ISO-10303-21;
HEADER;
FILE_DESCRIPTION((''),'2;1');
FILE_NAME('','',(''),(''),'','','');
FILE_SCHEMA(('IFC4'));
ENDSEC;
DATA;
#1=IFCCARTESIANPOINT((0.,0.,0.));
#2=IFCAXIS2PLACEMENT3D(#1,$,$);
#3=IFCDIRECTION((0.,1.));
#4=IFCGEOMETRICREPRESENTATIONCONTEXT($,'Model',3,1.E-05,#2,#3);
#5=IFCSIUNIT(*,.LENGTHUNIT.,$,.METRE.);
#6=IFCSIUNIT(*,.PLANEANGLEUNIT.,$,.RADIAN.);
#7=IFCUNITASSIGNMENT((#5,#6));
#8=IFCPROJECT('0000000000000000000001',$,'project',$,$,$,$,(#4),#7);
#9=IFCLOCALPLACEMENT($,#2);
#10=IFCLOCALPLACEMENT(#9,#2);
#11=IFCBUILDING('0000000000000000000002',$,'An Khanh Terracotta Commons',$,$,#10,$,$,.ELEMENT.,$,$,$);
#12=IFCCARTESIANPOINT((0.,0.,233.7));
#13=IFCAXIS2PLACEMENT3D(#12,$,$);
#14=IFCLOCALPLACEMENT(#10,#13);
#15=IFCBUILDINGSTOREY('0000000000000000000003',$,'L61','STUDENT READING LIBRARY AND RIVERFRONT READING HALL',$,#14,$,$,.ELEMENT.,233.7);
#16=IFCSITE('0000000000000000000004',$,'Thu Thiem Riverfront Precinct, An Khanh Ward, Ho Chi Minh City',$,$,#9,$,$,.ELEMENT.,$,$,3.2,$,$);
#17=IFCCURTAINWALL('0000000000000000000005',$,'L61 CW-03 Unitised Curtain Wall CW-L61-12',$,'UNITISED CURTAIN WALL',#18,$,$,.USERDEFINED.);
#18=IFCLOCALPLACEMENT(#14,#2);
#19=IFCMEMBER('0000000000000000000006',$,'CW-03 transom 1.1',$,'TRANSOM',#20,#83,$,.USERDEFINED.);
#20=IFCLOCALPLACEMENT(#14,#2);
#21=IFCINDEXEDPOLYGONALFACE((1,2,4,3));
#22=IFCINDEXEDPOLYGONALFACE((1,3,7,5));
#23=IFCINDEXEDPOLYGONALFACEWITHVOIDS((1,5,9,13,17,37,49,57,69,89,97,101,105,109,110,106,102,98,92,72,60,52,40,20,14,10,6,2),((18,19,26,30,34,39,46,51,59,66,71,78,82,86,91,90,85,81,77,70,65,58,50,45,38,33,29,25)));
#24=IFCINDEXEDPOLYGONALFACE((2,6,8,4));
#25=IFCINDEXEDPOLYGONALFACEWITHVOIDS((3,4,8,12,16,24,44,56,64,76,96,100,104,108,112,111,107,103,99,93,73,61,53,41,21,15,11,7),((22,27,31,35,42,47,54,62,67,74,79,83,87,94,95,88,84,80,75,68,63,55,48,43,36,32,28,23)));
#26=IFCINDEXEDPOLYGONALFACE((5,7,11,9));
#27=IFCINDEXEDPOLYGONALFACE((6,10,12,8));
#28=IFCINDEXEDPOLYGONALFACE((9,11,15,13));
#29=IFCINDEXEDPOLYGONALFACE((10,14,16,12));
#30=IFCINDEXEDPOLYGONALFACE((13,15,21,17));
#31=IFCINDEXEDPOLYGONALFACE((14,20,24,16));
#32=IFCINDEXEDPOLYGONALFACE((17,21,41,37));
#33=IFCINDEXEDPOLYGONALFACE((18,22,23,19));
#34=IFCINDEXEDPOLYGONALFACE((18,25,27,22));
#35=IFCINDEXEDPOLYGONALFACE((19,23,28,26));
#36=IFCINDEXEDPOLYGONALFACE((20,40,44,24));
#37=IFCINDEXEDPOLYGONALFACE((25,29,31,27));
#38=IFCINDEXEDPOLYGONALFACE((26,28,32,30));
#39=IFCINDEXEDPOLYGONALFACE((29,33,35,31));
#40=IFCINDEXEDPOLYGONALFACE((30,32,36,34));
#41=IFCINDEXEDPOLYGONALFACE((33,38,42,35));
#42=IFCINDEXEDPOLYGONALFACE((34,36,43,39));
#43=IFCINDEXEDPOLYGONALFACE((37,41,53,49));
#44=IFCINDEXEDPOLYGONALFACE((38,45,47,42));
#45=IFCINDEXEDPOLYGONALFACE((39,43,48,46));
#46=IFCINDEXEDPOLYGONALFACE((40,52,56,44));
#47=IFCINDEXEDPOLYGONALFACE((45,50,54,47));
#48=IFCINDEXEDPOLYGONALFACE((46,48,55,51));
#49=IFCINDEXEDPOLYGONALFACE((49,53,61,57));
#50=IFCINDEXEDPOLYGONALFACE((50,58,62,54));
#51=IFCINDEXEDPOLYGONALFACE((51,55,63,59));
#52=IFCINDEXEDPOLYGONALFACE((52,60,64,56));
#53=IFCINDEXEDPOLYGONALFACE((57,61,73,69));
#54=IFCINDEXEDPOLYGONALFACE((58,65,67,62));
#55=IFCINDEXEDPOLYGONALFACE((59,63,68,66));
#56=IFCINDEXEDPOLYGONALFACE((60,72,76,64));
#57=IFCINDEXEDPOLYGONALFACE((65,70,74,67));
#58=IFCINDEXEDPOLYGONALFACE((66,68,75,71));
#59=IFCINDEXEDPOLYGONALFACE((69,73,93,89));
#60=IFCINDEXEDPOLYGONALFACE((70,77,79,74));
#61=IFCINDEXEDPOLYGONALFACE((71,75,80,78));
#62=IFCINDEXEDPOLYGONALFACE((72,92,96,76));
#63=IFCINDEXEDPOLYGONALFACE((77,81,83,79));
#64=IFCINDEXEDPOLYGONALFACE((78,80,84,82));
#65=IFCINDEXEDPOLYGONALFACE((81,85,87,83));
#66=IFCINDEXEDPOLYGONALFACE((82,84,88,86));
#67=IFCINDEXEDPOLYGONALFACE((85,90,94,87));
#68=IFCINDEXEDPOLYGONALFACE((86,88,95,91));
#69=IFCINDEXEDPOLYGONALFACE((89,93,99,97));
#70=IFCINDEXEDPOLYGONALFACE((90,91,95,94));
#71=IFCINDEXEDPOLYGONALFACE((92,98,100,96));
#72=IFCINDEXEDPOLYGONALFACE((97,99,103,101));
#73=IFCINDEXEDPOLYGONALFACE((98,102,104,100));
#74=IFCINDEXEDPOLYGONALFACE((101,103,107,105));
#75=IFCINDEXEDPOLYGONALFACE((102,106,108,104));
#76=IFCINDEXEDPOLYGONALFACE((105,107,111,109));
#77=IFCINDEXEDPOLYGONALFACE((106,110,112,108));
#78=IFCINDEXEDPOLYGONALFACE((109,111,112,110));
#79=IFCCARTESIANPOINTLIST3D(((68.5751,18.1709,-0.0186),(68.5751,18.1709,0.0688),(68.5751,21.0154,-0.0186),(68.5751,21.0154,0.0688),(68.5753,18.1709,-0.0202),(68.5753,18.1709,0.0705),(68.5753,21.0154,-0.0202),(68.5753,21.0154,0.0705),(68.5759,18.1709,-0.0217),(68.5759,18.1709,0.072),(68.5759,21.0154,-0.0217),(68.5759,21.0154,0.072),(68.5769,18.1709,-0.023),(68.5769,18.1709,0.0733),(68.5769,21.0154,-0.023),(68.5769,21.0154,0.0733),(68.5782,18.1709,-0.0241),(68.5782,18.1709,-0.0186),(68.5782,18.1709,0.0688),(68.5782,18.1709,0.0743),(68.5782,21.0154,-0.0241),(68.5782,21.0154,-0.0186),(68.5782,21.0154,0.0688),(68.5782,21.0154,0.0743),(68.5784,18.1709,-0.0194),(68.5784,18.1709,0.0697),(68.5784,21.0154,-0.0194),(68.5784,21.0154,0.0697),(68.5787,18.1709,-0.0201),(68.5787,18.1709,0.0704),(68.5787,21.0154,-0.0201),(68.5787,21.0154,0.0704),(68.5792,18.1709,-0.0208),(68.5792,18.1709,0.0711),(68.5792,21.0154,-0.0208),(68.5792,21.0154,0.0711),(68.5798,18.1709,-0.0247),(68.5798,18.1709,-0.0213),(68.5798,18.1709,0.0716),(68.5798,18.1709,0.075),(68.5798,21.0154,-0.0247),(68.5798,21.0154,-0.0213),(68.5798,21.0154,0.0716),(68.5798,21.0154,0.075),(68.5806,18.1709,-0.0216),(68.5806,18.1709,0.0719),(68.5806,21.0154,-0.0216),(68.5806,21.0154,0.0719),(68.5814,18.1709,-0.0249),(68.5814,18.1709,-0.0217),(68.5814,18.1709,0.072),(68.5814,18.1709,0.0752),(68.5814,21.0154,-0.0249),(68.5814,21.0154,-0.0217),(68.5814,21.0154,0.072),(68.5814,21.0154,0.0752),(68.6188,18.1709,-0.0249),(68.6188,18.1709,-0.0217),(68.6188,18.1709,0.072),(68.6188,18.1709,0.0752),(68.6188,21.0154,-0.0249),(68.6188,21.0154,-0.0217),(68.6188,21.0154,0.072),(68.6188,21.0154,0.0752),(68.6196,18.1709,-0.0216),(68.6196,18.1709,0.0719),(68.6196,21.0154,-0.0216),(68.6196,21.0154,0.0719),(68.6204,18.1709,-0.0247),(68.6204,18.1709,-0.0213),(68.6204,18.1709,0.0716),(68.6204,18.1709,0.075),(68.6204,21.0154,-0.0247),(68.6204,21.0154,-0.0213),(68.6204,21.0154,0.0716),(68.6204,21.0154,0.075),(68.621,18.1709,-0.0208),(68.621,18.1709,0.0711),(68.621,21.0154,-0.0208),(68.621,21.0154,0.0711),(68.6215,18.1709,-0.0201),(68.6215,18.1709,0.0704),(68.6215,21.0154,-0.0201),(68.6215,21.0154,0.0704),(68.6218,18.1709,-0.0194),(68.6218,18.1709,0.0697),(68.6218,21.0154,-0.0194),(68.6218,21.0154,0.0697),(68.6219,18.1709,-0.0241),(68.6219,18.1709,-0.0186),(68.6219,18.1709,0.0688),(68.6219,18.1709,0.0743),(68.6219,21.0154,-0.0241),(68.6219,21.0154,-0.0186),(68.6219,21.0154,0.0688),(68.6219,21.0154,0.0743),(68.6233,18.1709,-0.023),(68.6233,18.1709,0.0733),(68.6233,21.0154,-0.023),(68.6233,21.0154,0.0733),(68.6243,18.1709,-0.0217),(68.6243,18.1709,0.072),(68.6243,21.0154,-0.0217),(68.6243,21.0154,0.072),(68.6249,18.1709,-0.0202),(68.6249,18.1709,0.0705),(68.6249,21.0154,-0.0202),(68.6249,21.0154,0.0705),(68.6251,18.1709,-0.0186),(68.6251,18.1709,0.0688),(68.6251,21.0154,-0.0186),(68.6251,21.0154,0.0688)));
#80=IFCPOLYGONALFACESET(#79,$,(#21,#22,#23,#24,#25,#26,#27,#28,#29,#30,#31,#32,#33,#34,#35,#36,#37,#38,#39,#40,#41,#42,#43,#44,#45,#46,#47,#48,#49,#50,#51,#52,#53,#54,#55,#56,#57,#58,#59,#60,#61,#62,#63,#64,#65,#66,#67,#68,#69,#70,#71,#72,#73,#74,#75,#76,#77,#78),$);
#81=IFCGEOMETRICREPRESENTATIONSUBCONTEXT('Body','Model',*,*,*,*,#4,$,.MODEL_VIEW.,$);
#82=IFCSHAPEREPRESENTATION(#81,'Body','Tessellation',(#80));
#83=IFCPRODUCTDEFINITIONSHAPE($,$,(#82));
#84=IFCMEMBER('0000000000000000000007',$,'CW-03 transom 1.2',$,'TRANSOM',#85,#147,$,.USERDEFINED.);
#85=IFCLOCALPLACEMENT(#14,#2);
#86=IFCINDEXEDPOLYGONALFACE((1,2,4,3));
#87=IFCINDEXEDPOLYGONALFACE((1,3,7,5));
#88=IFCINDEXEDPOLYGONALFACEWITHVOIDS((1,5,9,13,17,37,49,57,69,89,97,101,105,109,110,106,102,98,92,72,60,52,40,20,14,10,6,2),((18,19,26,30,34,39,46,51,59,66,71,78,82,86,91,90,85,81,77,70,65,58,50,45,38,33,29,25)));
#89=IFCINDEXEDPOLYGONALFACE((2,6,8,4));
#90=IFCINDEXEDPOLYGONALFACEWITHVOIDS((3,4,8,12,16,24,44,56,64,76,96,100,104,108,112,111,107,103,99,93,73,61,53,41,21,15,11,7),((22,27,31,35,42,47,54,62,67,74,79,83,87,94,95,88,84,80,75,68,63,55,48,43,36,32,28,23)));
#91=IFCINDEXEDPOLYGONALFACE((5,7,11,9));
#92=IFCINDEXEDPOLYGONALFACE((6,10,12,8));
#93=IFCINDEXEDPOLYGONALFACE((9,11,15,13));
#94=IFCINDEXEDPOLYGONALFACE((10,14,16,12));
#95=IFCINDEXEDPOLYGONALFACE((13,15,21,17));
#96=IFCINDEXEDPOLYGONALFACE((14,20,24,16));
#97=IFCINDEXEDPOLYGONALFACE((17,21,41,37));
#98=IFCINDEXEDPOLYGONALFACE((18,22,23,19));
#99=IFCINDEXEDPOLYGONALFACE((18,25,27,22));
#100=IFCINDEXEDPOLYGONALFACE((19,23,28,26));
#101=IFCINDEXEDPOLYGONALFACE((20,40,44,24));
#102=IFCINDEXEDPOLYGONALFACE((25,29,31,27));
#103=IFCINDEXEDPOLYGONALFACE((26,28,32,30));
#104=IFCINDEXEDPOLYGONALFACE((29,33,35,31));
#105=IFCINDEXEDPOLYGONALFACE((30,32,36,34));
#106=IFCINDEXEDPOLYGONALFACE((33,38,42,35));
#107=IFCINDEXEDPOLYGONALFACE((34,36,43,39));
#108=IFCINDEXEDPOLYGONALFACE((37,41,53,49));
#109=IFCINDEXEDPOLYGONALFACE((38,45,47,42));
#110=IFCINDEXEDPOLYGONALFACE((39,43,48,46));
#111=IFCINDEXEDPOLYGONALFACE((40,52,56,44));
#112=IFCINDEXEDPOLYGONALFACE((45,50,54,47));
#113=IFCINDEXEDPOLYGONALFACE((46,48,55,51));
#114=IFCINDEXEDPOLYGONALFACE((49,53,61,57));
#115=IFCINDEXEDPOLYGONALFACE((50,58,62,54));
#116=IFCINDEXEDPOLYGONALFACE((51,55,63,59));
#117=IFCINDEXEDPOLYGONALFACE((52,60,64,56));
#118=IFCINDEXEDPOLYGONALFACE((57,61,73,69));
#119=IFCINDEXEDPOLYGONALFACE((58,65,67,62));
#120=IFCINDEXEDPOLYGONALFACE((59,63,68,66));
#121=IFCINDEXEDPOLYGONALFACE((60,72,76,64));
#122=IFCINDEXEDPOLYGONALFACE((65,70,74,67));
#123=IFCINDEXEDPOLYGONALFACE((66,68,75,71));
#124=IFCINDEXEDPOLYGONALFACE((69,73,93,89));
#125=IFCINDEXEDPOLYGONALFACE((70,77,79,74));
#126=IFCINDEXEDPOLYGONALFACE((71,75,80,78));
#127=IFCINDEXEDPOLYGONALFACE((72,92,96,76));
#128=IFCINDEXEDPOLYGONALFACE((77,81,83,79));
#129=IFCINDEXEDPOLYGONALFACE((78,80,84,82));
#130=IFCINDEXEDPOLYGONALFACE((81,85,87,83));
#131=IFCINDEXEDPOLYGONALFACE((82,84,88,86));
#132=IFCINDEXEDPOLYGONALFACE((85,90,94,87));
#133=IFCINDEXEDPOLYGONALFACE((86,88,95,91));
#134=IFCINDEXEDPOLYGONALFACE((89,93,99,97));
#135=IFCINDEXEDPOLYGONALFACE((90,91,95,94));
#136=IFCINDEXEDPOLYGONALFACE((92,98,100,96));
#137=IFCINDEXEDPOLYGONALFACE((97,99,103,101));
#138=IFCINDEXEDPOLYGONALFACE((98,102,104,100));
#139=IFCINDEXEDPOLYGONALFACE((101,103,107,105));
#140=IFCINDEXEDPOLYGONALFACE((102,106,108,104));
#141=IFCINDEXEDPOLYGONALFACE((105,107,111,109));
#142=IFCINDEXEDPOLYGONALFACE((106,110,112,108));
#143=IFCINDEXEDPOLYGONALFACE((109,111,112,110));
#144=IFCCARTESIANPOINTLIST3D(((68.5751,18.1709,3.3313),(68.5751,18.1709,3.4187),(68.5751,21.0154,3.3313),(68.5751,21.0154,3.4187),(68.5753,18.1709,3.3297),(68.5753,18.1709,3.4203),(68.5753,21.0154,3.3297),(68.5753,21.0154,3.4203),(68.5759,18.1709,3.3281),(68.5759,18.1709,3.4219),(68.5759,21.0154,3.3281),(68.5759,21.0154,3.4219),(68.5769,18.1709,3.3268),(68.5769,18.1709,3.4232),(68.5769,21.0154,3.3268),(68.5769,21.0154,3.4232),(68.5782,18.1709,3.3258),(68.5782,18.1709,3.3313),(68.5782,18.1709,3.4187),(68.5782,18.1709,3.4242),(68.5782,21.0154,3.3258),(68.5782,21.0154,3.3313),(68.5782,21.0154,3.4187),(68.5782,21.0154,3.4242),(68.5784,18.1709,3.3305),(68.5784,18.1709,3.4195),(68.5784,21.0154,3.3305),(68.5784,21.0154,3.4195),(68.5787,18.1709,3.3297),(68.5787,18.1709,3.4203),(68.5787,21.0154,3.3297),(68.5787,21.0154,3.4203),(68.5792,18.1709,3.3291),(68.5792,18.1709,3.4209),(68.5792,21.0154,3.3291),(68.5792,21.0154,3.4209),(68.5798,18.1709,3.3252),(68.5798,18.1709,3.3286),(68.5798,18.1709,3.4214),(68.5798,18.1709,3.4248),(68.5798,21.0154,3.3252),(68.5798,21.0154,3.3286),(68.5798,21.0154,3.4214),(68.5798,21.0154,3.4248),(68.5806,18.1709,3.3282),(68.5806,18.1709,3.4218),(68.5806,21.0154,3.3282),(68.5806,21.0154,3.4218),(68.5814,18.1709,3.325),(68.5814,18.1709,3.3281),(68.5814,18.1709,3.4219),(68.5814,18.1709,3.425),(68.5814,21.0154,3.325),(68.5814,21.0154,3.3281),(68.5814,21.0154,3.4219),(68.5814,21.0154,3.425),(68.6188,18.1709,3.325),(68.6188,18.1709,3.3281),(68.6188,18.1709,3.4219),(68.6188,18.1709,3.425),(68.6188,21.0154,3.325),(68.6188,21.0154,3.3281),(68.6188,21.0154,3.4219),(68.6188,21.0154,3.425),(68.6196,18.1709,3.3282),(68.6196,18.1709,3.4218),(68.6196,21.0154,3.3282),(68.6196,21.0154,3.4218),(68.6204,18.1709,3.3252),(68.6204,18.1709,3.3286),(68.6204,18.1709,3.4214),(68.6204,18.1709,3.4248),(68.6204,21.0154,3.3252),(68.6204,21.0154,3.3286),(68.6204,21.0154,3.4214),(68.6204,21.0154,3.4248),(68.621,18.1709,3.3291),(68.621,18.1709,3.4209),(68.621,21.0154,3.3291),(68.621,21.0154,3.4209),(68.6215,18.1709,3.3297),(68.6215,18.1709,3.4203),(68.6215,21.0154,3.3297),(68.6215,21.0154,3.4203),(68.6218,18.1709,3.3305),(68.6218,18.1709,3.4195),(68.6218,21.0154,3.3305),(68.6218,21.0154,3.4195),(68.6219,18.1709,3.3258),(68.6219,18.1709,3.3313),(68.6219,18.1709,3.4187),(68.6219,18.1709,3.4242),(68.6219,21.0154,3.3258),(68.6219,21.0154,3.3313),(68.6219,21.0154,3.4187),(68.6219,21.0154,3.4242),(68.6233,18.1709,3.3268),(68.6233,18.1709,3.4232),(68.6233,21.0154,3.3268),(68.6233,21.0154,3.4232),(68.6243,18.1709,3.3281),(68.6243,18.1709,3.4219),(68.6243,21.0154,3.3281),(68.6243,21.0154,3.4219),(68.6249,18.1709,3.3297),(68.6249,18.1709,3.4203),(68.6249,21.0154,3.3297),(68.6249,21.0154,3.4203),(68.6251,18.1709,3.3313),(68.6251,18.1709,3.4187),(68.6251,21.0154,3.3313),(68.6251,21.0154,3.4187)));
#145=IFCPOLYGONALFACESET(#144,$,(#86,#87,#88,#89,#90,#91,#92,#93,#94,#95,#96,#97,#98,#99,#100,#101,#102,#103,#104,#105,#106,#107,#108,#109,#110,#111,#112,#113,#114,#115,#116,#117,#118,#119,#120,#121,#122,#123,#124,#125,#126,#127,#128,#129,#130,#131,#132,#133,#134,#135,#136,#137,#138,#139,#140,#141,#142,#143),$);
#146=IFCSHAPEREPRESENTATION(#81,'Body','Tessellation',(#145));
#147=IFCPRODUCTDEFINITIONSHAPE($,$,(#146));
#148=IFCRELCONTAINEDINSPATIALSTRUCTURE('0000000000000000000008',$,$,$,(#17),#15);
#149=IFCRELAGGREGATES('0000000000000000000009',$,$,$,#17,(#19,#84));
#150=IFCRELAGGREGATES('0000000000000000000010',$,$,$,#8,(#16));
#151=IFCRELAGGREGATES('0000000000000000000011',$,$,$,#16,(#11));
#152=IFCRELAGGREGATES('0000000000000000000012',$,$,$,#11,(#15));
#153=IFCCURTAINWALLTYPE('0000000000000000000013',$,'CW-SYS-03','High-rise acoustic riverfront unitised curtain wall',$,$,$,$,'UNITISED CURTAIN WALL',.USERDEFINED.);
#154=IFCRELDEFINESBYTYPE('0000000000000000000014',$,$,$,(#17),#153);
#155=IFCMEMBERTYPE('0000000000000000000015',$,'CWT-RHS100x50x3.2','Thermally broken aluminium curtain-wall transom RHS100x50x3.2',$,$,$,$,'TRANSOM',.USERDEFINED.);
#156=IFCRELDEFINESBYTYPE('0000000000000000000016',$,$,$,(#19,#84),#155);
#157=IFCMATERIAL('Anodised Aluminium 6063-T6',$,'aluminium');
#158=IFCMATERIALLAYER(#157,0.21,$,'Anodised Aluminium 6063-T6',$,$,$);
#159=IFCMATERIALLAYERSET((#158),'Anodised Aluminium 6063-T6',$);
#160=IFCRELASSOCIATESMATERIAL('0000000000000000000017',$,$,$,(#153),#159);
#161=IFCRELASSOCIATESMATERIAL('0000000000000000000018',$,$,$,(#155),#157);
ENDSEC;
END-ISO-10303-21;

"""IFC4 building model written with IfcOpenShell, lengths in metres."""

from ifc_helpers import new_model, si_unit, direction, frame, origin, origin_2d, place, context, subcontext, project, spatial, hollow_rectangle, extrude, material, layer, layer_set, material_profile, profile_set, type_object, element, aggregate, save


model = new_model("IFC4")

# Units and contexts
model_context = context("Model", 3, precision=1e-05, world=origin(), true_north=direction((0.0, 1.0)))
body_context = subcontext(model_context, "Body", "Model", "MODEL_VIEW")
ifc_project = project(units=[si_unit("LENGTHUNIT", "METRE"), si_unit("PLANEANGLEUNIT", "RADIAN")], contexts=[model_context])

# Site, building, storey
site_placement = place(None, origin())
site = spatial("IfcSite", under=ifc_project, at=site_placement, Name="Thu Thiem Riverfront Precinct, An Khanh Ward, Ho Chi Minh City", CompositionType="ELEMENT", RefElevation=3.2)
building_placement = place(site_placement, origin())
building = spatial("IfcBuilding", under=site, at=building_placement, Name="An Khanh Terracotta Commons", CompositionType="ELEMENT")
storey_placement = place(building_placement, frame((0.0, 0.0, 233.7)))
storey = spatial("IfcBuildingStorey", under=building, at=storey_placement, Name="L61", Description="STUDENT READING LIBRARY AND RIVERFRONT READING HALL", CompositionType="ELEMENT", Elevation=233.7)

# Curtain wall
ifc_material_1 = material(Name="Anodised Aluminium 6063-T6", Category="aluminium")
ifc_layer_1 = layer(ifc_material_1, 0.21, Name="Anodised Aluminium 6063-T6")
ifc_layer_set_1 = layer_set([ifc_layer_1], Name="Anodised Aluminium 6063-T6")
curtain_wall_type = type_object("IfcCurtainWallType", Name="CW-SYS-03", Description="High-rise acoustic riverfront unitised curtain wall", ElementType="UNITISED CURTAIN WALL", PredefinedType="USERDEFINED", material=ifc_layer_set_1)
curtain_wall_1_placement = place(storey_placement, origin())
curtain_wall_1 = element("IfcCurtainWall", 1, at=curtain_wall_1_placement, inside=storey, type_object=curtain_wall_type, Name="L61 CW-03 Unitised Curtain Wall CW-L61-12", ObjectType="UNITISED CURTAIN WALL", PredefinedType="USERDEFINED")

# Members
ifc_material_profile_1 = material_profile(ifc_material_1, hollow_rectangle(XDim=0.05, YDim=0.1001, WallThickness=0.0032, InnerFilletRadius=0.0032, OuterFilletRadius=0.0063, at=origin_2d()), Name="RHS100x50x3.2")
ifc_profile_set_1 = profile_set([ifc_material_profile_1], Name="Anodised Aluminium 6063-T6")
member_type_1 = type_object("IfcMemberType", Name="CWT-RHS100x50x3.2", Description="Thermally broken aluminium curtain-wall transom RHS100x50x3.2", ElementType="TRANSOM", PredefinedType="USERDEFINED", material=ifc_profile_set_1)
member_1_placement = place(storey_placement, frame((68.6001, 18.1709, 0.0251), z_axis=(0.0, 1.0, 0.0), x_axis=(-1.0, 0.0, 0.0)))
member_1 = element("IfcMember", 2, at=member_1_placement, type_object=member_type_1, Name="CW-03 transom 1.1", ObjectType="TRANSOM", PredefinedType="USERDEFINED", context=body_context, shape_type="SweptSolid", body=[
    extrude(hollow_rectangle(XDim=0.05, YDim=0.1001, WallThickness=0.0032, InnerFilletRadius=0.0032, OuterFilletRadius=0.0063, at=origin_2d()), origin(), (0.0, 0.0, 1.0), 2.8445),
])
member_2_placement = place(storey_placement, frame((68.6001, 18.1709, 3.375), z_axis=(0.0, 1.0, 0.0), x_axis=(-1.0, 0.0, 0.0)))
member_2 = element("IfcMember", 3, at=member_2_placement, type_object=member_type_1, Name="CW-03 transom 1.2", ObjectType="TRANSOM", PredefinedType="USERDEFINED", context=body_context, shape_type="SweptSolid", body=[
    extrude(hollow_rectangle(XDim=0.05, YDim=0.1001, WallThickness=0.0032, InnerFilletRadius=0.0032, OuterFilletRadius=0.0063, at=origin_2d()), origin(), (0.0, 0.0, 1.0), 2.8445),
])

aggregate(curtain_wall_1, [member_1, member_2])

save(model, "model.ifc")
